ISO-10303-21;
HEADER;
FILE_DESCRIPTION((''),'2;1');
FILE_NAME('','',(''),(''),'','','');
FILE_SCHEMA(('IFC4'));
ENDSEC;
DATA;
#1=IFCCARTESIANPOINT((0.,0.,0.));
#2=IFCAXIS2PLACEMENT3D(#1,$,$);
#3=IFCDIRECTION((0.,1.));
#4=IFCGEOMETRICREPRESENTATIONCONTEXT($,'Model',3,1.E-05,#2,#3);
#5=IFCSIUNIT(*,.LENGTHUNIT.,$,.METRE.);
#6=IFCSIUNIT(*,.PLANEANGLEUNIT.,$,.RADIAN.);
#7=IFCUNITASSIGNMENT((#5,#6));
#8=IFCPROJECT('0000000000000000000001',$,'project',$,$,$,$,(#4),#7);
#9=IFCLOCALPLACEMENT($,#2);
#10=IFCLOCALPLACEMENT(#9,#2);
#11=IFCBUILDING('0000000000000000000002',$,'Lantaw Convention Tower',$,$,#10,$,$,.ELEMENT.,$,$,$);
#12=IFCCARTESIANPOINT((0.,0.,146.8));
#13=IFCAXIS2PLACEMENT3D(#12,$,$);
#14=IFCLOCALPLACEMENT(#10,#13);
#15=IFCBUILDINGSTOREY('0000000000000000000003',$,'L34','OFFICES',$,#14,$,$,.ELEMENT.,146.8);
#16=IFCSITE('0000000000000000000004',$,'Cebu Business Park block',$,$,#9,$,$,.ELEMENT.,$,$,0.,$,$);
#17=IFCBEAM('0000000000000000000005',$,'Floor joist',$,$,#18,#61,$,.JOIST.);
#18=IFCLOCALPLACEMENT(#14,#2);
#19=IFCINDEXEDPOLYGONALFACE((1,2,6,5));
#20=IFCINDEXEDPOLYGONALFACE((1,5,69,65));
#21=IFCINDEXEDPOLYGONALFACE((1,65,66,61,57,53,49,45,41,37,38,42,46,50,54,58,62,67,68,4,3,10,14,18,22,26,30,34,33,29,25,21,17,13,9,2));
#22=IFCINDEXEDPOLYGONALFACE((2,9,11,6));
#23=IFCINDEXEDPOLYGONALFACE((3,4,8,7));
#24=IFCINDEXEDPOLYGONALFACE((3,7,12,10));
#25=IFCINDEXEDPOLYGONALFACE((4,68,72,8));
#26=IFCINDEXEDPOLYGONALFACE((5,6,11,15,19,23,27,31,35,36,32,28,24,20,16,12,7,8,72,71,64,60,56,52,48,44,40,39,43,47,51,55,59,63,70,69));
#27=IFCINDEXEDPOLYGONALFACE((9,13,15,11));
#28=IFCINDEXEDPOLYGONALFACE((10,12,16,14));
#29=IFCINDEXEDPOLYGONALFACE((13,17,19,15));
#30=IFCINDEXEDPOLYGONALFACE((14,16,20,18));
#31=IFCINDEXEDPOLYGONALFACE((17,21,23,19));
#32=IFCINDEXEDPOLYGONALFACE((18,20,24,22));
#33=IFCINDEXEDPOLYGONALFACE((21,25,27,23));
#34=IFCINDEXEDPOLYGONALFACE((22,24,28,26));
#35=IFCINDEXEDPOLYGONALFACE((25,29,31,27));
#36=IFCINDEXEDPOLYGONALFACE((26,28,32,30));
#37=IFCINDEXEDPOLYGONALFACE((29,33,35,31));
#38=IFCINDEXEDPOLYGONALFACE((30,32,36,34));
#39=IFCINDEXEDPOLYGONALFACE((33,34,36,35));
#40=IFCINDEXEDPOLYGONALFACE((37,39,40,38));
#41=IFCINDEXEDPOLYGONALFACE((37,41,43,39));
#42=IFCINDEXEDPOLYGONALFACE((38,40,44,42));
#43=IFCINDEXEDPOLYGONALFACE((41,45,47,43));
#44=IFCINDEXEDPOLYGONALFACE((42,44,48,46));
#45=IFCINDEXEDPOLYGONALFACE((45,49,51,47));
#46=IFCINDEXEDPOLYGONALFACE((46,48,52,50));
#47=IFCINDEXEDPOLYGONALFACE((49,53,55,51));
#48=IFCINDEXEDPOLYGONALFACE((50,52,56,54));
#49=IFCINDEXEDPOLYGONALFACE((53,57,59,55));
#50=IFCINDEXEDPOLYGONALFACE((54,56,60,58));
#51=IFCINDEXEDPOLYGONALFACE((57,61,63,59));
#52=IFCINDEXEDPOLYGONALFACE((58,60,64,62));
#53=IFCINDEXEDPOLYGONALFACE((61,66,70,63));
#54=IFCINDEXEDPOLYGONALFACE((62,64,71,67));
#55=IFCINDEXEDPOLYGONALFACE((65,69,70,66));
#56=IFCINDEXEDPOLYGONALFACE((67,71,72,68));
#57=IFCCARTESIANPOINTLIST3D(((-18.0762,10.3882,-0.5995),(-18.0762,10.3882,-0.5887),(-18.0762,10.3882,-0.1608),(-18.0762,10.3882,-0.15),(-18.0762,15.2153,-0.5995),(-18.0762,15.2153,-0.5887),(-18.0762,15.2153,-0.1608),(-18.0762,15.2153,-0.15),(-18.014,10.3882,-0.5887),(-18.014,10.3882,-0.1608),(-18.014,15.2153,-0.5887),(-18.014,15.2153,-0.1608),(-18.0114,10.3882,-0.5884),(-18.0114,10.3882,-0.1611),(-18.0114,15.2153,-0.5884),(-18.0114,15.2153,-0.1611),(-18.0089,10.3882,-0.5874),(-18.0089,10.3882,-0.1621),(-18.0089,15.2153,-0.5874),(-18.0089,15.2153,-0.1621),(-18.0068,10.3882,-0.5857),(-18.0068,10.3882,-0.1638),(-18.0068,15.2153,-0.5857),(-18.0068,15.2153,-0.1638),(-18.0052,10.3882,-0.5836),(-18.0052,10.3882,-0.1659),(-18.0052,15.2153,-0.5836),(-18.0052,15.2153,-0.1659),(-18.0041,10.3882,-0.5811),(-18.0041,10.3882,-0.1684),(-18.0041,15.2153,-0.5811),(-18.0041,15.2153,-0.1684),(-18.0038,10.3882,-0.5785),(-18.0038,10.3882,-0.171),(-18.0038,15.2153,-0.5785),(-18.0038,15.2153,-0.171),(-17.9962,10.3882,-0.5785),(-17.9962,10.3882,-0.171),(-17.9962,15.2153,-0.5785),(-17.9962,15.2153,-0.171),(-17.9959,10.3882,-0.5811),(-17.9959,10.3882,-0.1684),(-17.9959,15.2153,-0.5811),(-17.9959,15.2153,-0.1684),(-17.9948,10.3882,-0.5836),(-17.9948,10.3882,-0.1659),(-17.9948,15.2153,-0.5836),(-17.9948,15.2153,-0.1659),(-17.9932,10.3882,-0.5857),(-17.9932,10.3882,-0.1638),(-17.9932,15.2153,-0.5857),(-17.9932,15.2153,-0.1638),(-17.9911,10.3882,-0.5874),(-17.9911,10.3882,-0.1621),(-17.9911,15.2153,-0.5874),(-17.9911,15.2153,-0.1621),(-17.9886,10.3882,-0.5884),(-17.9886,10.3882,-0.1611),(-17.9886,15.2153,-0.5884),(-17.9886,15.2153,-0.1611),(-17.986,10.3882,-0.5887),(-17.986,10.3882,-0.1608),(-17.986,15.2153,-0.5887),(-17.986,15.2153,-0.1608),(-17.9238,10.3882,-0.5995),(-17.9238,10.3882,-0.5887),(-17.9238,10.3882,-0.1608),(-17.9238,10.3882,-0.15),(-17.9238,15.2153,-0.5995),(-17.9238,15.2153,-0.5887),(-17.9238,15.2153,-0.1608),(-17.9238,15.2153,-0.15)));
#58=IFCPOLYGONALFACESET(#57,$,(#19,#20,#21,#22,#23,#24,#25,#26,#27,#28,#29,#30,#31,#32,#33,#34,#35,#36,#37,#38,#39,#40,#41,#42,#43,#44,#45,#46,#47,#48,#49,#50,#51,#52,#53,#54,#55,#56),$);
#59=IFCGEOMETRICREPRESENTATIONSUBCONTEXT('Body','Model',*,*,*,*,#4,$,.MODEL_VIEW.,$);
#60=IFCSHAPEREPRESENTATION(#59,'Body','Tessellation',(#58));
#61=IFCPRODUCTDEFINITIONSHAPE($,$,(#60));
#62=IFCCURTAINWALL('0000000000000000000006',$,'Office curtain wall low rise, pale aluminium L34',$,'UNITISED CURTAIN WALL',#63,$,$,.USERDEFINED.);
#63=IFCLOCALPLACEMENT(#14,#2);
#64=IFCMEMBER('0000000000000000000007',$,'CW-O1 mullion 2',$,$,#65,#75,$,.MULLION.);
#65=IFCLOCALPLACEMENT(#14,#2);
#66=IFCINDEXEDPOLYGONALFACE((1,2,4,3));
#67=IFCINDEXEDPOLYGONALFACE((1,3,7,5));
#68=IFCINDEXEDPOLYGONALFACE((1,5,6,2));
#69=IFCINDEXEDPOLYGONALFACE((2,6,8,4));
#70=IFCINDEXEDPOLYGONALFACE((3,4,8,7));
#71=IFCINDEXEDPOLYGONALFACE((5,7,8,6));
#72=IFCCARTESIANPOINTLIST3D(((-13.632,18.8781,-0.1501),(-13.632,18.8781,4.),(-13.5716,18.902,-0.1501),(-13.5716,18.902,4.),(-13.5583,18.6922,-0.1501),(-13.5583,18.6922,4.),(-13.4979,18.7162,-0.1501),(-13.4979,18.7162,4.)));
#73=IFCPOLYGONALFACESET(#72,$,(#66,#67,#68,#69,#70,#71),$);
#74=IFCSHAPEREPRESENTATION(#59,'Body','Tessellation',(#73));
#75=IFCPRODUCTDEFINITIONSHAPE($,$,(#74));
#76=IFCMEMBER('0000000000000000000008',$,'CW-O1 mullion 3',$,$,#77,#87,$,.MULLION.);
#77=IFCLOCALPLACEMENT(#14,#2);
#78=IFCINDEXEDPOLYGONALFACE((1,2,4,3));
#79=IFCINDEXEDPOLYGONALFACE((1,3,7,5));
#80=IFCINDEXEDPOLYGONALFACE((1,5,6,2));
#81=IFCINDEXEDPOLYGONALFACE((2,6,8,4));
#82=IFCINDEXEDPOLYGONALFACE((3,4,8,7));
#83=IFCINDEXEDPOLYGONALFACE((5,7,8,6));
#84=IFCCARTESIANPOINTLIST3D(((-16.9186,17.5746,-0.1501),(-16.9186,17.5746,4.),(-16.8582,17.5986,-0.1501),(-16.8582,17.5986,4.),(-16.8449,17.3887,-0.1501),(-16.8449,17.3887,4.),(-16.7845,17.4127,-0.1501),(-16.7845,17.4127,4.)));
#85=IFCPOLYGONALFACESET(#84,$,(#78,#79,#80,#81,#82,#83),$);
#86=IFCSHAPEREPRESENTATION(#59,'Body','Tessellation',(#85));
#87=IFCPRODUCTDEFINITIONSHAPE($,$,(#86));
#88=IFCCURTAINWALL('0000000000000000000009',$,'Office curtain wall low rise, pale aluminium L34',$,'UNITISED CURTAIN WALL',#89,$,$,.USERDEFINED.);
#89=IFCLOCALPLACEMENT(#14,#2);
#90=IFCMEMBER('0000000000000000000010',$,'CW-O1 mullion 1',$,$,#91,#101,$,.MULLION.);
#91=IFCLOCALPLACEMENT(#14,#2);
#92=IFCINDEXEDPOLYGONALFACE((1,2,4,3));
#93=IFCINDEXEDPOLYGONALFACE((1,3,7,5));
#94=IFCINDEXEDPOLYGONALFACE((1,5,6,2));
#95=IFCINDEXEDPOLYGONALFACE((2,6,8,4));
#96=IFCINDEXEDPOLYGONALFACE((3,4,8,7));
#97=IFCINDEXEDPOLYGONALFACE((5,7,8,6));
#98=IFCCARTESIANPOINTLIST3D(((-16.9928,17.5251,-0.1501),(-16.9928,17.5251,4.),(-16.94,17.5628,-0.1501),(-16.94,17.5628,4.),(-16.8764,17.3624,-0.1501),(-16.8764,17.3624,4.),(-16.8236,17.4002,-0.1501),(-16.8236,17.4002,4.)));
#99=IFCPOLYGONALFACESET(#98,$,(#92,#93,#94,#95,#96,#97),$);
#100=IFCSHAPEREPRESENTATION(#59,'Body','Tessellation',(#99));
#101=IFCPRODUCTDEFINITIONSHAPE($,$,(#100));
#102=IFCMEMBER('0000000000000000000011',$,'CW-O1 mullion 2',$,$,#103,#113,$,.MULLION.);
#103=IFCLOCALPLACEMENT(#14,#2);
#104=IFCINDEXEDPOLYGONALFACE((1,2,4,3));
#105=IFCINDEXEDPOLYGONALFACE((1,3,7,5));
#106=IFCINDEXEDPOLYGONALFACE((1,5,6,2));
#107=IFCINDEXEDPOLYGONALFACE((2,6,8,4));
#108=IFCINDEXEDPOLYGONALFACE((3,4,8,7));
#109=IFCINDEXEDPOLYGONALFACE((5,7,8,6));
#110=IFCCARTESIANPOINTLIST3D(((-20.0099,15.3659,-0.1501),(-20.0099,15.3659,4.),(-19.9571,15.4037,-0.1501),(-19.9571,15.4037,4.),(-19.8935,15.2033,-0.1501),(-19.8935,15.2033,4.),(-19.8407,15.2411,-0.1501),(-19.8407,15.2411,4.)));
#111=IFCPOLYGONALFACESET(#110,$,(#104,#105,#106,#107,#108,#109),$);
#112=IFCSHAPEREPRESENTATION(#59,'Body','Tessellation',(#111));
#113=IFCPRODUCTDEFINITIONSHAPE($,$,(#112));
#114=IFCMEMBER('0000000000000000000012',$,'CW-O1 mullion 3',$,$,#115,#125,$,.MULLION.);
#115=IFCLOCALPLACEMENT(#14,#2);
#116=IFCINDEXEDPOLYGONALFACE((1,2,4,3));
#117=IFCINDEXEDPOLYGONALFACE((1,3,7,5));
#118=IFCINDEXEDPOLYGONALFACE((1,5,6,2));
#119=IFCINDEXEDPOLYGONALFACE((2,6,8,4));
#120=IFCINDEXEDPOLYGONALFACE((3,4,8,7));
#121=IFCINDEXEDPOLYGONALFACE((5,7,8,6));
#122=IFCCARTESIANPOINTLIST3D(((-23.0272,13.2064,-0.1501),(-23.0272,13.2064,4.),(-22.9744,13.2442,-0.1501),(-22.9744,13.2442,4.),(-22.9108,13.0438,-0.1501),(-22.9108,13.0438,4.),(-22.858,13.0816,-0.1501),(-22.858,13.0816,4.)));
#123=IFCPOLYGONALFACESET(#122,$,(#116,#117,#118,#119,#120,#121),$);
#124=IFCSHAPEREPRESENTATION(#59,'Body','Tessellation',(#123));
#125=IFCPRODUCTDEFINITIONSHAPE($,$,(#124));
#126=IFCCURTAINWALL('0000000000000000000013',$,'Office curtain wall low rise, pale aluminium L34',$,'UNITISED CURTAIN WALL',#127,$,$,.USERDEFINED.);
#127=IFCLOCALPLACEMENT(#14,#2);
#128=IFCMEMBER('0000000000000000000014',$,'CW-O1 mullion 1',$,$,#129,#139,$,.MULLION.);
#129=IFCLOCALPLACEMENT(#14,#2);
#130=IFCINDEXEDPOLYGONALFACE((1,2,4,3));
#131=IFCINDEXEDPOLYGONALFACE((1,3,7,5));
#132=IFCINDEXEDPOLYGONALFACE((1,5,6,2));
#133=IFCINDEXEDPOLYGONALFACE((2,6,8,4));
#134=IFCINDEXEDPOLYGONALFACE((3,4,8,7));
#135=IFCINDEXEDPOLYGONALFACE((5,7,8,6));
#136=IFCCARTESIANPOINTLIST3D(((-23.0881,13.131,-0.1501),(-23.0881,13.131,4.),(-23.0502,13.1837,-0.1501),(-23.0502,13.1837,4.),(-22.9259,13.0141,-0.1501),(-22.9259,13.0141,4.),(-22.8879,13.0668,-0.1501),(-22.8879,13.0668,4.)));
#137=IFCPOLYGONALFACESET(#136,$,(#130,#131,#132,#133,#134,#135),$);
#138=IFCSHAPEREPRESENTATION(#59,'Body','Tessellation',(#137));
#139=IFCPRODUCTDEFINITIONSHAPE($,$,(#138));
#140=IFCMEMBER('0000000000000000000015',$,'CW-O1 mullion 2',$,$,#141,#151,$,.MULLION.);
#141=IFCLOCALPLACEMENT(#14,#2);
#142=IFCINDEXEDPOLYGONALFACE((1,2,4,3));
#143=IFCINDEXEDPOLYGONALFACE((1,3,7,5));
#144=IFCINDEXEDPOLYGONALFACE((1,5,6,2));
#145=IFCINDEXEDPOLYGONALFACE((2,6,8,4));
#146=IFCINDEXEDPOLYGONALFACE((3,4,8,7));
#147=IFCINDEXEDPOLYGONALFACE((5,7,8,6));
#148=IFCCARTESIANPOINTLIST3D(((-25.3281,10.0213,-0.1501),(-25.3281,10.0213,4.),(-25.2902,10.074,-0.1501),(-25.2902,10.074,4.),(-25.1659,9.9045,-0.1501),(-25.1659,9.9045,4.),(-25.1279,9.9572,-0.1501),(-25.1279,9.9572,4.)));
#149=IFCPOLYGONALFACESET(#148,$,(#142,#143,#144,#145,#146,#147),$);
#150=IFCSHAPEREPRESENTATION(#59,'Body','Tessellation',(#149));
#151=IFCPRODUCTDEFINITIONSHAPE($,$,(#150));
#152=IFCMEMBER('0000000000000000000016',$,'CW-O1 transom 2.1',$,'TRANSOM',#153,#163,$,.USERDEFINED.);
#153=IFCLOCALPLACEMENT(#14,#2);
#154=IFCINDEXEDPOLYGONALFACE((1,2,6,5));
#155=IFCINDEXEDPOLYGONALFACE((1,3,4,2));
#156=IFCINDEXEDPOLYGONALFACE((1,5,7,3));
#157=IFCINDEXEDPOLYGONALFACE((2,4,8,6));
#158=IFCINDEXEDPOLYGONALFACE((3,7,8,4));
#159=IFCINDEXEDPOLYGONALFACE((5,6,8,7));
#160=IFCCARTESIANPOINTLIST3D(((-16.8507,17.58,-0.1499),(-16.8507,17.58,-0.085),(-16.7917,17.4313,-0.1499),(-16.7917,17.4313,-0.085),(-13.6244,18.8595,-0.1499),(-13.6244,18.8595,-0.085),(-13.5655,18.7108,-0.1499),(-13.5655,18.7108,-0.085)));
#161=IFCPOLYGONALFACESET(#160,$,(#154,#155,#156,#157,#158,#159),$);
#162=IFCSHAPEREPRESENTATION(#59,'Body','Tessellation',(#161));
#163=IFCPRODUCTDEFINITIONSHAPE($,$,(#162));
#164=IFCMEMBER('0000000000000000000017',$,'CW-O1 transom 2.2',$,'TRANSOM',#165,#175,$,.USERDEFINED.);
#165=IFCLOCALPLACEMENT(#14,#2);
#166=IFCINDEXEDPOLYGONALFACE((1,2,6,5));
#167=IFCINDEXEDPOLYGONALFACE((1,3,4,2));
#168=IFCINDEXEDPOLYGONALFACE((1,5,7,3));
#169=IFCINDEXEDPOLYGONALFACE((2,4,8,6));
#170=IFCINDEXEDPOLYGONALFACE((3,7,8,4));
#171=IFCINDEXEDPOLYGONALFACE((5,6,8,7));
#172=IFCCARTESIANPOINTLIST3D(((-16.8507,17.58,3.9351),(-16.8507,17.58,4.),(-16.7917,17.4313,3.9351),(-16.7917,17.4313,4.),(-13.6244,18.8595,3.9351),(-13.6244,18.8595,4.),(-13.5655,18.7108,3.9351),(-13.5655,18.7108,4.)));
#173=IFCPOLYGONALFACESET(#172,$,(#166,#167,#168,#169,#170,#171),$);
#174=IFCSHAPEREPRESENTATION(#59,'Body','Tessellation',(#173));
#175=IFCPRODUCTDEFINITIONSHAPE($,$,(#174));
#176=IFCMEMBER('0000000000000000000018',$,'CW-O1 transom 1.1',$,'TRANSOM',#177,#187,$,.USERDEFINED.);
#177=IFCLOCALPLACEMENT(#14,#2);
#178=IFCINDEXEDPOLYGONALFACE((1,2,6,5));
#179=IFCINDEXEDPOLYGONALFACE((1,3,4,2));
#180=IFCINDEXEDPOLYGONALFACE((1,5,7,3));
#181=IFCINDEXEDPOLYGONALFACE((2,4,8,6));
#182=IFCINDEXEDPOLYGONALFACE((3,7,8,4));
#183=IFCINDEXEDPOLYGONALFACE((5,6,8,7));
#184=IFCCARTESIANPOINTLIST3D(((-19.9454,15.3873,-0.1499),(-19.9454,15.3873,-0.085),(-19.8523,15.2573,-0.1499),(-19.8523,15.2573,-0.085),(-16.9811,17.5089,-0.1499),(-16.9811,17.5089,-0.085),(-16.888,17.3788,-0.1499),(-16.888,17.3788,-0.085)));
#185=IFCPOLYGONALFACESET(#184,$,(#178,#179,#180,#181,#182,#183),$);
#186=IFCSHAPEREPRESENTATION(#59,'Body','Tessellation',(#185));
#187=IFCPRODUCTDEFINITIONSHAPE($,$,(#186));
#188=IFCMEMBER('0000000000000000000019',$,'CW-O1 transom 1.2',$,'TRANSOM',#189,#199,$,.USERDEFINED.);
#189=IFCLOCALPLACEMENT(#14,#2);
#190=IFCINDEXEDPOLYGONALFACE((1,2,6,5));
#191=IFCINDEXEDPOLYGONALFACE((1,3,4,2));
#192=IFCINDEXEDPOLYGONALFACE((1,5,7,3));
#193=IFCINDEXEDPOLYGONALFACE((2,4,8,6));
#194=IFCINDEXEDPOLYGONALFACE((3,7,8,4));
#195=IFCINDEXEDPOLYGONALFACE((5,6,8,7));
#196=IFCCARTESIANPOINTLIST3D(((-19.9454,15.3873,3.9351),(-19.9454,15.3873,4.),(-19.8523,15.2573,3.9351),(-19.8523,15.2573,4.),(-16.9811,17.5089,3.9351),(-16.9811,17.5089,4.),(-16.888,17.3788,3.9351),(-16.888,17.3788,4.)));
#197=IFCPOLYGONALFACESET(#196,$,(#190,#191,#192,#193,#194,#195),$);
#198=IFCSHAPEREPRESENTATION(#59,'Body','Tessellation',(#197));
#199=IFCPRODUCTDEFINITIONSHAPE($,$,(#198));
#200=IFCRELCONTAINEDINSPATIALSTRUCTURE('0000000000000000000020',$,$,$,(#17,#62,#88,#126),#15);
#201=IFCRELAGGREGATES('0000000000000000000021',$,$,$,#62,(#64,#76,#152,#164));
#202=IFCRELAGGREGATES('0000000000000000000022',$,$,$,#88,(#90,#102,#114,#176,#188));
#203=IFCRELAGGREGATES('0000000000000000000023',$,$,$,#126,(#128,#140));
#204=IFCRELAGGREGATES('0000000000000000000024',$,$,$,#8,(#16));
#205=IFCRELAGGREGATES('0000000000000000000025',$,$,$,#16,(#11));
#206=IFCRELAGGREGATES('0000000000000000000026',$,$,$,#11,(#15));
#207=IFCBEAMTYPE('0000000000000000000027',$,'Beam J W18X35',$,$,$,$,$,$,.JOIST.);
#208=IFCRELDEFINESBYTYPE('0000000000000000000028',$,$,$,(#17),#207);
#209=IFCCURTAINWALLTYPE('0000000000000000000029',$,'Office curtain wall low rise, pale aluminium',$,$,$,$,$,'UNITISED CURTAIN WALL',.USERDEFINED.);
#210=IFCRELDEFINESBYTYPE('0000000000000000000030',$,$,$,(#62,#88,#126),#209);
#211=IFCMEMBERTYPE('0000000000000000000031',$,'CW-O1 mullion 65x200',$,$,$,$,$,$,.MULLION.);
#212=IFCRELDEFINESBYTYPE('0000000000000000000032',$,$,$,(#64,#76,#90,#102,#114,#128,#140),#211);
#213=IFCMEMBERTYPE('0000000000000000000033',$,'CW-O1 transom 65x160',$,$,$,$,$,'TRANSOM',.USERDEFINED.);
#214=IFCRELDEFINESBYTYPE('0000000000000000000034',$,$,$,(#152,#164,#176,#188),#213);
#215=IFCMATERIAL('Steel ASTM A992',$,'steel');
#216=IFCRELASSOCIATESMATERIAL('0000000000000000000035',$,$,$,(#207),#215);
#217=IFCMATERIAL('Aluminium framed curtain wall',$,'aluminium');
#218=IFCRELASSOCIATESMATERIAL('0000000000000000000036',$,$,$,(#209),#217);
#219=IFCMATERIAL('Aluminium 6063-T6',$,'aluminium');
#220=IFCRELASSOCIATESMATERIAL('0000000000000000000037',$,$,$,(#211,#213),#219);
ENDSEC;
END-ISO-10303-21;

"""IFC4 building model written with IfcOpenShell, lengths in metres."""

from ifc_helpers import new_model, si_unit, direction, frame, origin, origin_2d, place, context, subcontext, project, spatial, rectangle, i_section, extrude, material, material_profile, profile_set, type_object, element, aggregate, save


model = new_model("IFC4")

# Units and contexts
model_context = context("Model", 3, precision=1e-05, world=origin(), true_north=direction((0.0, 1.0)))
body_context = subcontext(model_context, "Body", "Model", "MODEL_VIEW")
ifc_project = project(units=[si_unit("LENGTHUNIT", "METRE"), si_unit("PLANEANGLEUNIT", "RADIAN")], contexts=[model_context])

# Site, building, storey
site_placement = place(None, origin())
site = spatial("IfcSite", under=ifc_project, at=site_placement, Name="Cebu Business Park block", CompositionType="ELEMENT", RefElevation=0.0)
building_placement = place(site_placement, origin())
building = spatial("IfcBuilding", under=site, at=building_placement, Name="Lantaw Convention Tower", CompositionType="ELEMENT")
storey_placement = place(building_placement, frame((0.0, 0.0, 146.8)))
storey = spatial("IfcBuildingStorey", under=building, at=storey_placement, Name="L34", Description="OFFICES", CompositionType="ELEMENT", Elevation=146.8)

# Beam
ifc_material_1 = material(Name="Steel ASTM A992", Category="steel")
ifc_material_profile_1 = material_profile(ifc_material_1, i_section(OverallWidth=0.1523, OverallDepth=0.4495, WebThickness=0.0076, FlangeThickness=0.0107, FilletRadius=0.0103, at=origin_2d()), Name="W18X35")
ifc_profile_set_1 = profile_set([ifc_material_profile_1], Name="Steel ASTM A992")
beam_type_1 = type_object("IfcBeamType", Name="Beam J W18X35", PredefinedType="JOIST", material=ifc_profile_set_1)
beam_1_placement = place(storey_placement, frame((-18.0, 10.3882, -0.3748), z_axis=(0.0, 1.0, 0.0), x_axis=(-1.0, 0.0, 0.0)))
element("IfcBeam", 1, at=beam_1_placement, inside=storey, type_object=beam_type_1, Name="Floor joist", PredefinedType="JOIST", context=body_context, shape_type="SweptSolid", body=[
    extrude(i_section(OverallWidth=0.1523, OverallDepth=0.4495, WebThickness=0.0076, FlangeThickness=0.0107, FilletRadius=0.0103, at=origin_2d()), origin(), (0.0, 0.0, 1.0), 4.8271),
])

# Curtain walls, members
ifc_material_2 = material(Name="Aluminium framed curtain wall", Category="aluminium")
curtain_wall_type = type_object("IfcCurtainWallType", Name="Office curtain wall low rise, pale aluminium", ElementType="UNITISED CURTAIN WALL", PredefinedType="USERDEFINED", material=ifc_material_2)
curtain_wall_1_placement = place(storey_placement, origin())
curtain_wall_1 = element("IfcCurtainWall", 2, at=curtain_wall_1_placement, inside=storey, type_object=curtain_wall_type, Name="Office curtain wall low rise, pale aluminium L34", ObjectType="UNITISED CURTAIN WALL", PredefinedType="USERDEFINED")
ifc_material_3 = material(Name="Aluminium 6063-T6", Category="aluminium")
ifc_material_profile_2 = material_profile(ifc_material_3, rectangle(XDim=0.2, YDim=0.0649, at=origin_2d()), Name="CW-O1 mullion 65x200")
ifc_profile_set_2 = profile_set([ifc_material_profile_2], Name="Aluminium 6063-T6")
member_type_1 = type_object("IfcMemberType", Name="CW-O1 mullion 65x200", PredefinedType="MULLION", material=ifc_profile_set_2)
member_1_placement = place(storey_placement, frame((-13.5649, 18.7971, -0.1501), z_axis=(0.0, 0.0, 1.0), x_axis=(0.368702, -0.929548, 0.0)))
member_1 = element("IfcMember", 3, at=member_1_placement, type_object=member_type_1, Name="CW-O1 mullion 2", PredefinedType="MULLION", context=body_context, shape_type="SweptSolid", body=[
    extrude(rectangle(XDim=0.2, YDim=0.0649, at=origin_2d()), origin(), (0.0, 0.0, 1.0), 4.1501),
])
member_2_placement = place(storey_placement, frame((-16.8516, 17.4937, -0.1501), z_axis=(0.0, 0.0, 1.0), x_axis=(0.368702, -0.929548, 0.0)))
member_2 = element("IfcMember", 4, at=member_2_placement, type_object=member_type_1, Name="CW-O1 mullion 3", PredefinedType="MULLION", context=body_context, shape_type="SweptSolid", body=[
    extrude(rectangle(XDim=0.2, YDim=0.0649, at=origin_2d()), origin(), (0.0, 0.0, 1.0), 4.1501),
])
curtain_wall_2_placement = place(storey_placement, origin())
curtain_wall_2 = element("IfcCurtainWall", 5, at=curtain_wall_2_placement, inside=storey, type_object=curtain_wall_type, Name="Office curtain wall low rise, pale aluminium L34", ObjectType="UNITISED CURTAIN WALL", PredefinedType="USERDEFINED")
member_3_placement = place(storey_placement, frame((-16.9082, 17.4626, -0.1501), z_axis=(0.0, 0.0, 1.0), x_axis=(0.581973, -0.813208, 0.0)))
member_3 = element("IfcMember", 6, at=member_3_placement, type_object=member_type_1, Name="CW-O1 mullion 1", PredefinedType="MULLION", context=body_context, shape_type="SweptSolid", body=[
    extrude(rectangle(XDim=0.2, YDim=0.0649, at=origin_2d()), origin(), (0.0, 0.0, 1.0), 4.1501),
])
member_4_placement = place(storey_placement, frame((-19.9253, 15.3035, -0.1501), z_axis=(0.0, 0.0, 1.0), x_axis=(0.581973, -0.813208, 0.0)))
member_4 = element("IfcMember", 7, at=member_4_placement, type_object=member_type_1, Name="CW-O1 mullion 2", PredefinedType="MULLION", context=body_context, shape_type="SweptSolid", body=[
    extrude(rectangle(XDim=0.2, YDim=0.0649, at=origin_2d()), origin(), (0.0, 0.0, 1.0), 4.1501),
])
member_5_placement = place(storey_placement, frame((-22.9426, 13.144, -0.1501), z_axis=(0.0, 0.0, 1.0), x_axis=(0.581973, -0.813208, 0.0)))
member_5 = element("IfcMember", 8, at=member_5_placement, type_object=member_type_1, Name="CW-O1 mullion 3", PredefinedType="MULLION", context=body_context, shape_type="SweptSolid", body=[
    extrude(rectangle(XDim=0.2, YDim=0.0649, at=origin_2d()), origin(), (0.0, 0.0, 1.0), 4.1501),
])
curtain_wall_3_placement = place(storey_placement, origin())
curtain_wall_3 = element("IfcCurtainWall", 9, at=curtain_wall_3_placement, inside=storey, type_object=curtain_wall_type, Name="Office curtain wall low rise, pale aluminium L34", ObjectType="UNITISED CURTAIN WALL", PredefinedType="USERDEFINED")
member_6_placement = place(storey_placement, frame((-22.988, 13.0989, -0.1501), z_axis=(0.0, 0.0, 1.0), x_axis=(0.811385, -0.584513, 0.0)))
member_6 = element("IfcMember", 10, at=member_6_placement, type_object=member_type_1, Name="CW-O1 mullion 1", PredefinedType="MULLION", context=body_context, shape_type="SweptSolid", body=[
    extrude(rectangle(XDim=0.2, YDim=0.0649, at=origin_2d()), origin(), (0.0, 0.0, 1.0), 4.1501),
])
member_7_placement = place(storey_placement, frame((-25.228, 9.9893, -0.1501), z_axis=(0.0, 0.0, 1.0), x_axis=(0.811385, -0.584513, 0.0)))
member_7 = element("IfcMember", 11, at=member_7_placement, type_object=member_type_1, Name="CW-O1 mullion 2", PredefinedType="MULLION", context=body_context, shape_type="SweptSolid", body=[
    extrude(rectangle(XDim=0.2, YDim=0.0649, at=origin_2d()), origin(), (0.0, 0.0, 1.0), 4.1501),
])

# Members
ifc_material_profile_3 = material_profile(ifc_material_3, rectangle(XDim=0.1599, YDim=0.0649, at=origin_2d()), Name="CW-O1 transom 65x160")
ifc_profile_set_3 = profile_set([ifc_material_profile_3], Name="Aluminium 6063-T6")
member_type_2 = type_object("IfcMemberType", Name="CW-O1 transom 65x160", ElementType="TRANSOM", PredefinedType="USERDEFINED", material=ifc_profile_set_3)
member_8_placement = place(storey_placement, frame((-13.595, 18.7852, -0.1174), z_axis=(-0.929564, -0.36866, 0.0), x_axis=(0.36866, -0.929564, 0.0)))
member_8 = element("IfcMember", 12, at=member_8_placement, type_object=member_type_2, Name="CW-O1 transom 2.1", ObjectType="TRANSOM", PredefinedType="USERDEFINED", context=body_context, shape_type="SweptSolid", body=[
    extrude(rectangle(XDim=0.1599, YDim=0.0649, at=origin_2d()), origin(), (0.0, 0.0, 1.0), 3.4707),
])
member_9_placement = place(storey_placement, frame((-13.595, 18.7852, 3.9675), z_axis=(-0.929564, -0.36866, 0.0), x_axis=(0.36866, -0.929564, 0.0)))
member_9 = element("IfcMember", 13, at=member_9_placement, type_object=member_type_2, Name="CW-O1 transom 2.2", ObjectType="TRANSOM", PredefinedType="USERDEFINED", context=body_context, shape_type="SweptSolid", body=[
    extrude(rectangle(XDim=0.1599, YDim=0.0649, at=origin_2d()), origin(), (0.0, 0.0, 1.0), 3.4707),
])
member_10_placement = place(storey_placement, frame((-16.9346, 17.4438, -0.1174), z_axis=(-0.81319, -0.581998, 0.0), x_axis=(0.581998, -0.81319, 0.0)))
member_10 = element("IfcMember", 14, at=member_10_placement, type_object=member_type_2, Name="CW-O1 transom 1.1", ObjectType="TRANSOM", PredefinedType="USERDEFINED", context=body_context, shape_type="SweptSolid", body=[
    extrude(rectangle(XDim=0.1599, YDim=0.0649, at=origin_2d()), origin(), (0.0, 0.0, 1.0), 3.6453),
])
member_11_placement = place(storey_placement, frame((-16.9346, 17.4438, 3.9675), z_axis=(-0.81319, -0.581998, 0.0), x_axis=(0.581998, -0.81319, 0.0)))
member_11 = element("IfcMember", 15, at=member_11_placement, type_object=member_type_2, Name="CW-O1 transom 1.2", ObjectType="TRANSOM", PredefinedType="USERDEFINED", context=body_context, shape_type="SweptSolid", body=[
    extrude(rectangle(XDim=0.1599, YDim=0.0649, at=origin_2d()), origin(), (0.0, 0.0, 1.0), 3.6453),
])

aggregate(curtain_wall_1, [member_1, member_2, member_8, member_9])
aggregate(curtain_wall_2, [member_3, member_4, member_5, member_10, member_11])
aggregate(curtain_wall_3, [member_6, member_7])

save(model, "model.ifc")
